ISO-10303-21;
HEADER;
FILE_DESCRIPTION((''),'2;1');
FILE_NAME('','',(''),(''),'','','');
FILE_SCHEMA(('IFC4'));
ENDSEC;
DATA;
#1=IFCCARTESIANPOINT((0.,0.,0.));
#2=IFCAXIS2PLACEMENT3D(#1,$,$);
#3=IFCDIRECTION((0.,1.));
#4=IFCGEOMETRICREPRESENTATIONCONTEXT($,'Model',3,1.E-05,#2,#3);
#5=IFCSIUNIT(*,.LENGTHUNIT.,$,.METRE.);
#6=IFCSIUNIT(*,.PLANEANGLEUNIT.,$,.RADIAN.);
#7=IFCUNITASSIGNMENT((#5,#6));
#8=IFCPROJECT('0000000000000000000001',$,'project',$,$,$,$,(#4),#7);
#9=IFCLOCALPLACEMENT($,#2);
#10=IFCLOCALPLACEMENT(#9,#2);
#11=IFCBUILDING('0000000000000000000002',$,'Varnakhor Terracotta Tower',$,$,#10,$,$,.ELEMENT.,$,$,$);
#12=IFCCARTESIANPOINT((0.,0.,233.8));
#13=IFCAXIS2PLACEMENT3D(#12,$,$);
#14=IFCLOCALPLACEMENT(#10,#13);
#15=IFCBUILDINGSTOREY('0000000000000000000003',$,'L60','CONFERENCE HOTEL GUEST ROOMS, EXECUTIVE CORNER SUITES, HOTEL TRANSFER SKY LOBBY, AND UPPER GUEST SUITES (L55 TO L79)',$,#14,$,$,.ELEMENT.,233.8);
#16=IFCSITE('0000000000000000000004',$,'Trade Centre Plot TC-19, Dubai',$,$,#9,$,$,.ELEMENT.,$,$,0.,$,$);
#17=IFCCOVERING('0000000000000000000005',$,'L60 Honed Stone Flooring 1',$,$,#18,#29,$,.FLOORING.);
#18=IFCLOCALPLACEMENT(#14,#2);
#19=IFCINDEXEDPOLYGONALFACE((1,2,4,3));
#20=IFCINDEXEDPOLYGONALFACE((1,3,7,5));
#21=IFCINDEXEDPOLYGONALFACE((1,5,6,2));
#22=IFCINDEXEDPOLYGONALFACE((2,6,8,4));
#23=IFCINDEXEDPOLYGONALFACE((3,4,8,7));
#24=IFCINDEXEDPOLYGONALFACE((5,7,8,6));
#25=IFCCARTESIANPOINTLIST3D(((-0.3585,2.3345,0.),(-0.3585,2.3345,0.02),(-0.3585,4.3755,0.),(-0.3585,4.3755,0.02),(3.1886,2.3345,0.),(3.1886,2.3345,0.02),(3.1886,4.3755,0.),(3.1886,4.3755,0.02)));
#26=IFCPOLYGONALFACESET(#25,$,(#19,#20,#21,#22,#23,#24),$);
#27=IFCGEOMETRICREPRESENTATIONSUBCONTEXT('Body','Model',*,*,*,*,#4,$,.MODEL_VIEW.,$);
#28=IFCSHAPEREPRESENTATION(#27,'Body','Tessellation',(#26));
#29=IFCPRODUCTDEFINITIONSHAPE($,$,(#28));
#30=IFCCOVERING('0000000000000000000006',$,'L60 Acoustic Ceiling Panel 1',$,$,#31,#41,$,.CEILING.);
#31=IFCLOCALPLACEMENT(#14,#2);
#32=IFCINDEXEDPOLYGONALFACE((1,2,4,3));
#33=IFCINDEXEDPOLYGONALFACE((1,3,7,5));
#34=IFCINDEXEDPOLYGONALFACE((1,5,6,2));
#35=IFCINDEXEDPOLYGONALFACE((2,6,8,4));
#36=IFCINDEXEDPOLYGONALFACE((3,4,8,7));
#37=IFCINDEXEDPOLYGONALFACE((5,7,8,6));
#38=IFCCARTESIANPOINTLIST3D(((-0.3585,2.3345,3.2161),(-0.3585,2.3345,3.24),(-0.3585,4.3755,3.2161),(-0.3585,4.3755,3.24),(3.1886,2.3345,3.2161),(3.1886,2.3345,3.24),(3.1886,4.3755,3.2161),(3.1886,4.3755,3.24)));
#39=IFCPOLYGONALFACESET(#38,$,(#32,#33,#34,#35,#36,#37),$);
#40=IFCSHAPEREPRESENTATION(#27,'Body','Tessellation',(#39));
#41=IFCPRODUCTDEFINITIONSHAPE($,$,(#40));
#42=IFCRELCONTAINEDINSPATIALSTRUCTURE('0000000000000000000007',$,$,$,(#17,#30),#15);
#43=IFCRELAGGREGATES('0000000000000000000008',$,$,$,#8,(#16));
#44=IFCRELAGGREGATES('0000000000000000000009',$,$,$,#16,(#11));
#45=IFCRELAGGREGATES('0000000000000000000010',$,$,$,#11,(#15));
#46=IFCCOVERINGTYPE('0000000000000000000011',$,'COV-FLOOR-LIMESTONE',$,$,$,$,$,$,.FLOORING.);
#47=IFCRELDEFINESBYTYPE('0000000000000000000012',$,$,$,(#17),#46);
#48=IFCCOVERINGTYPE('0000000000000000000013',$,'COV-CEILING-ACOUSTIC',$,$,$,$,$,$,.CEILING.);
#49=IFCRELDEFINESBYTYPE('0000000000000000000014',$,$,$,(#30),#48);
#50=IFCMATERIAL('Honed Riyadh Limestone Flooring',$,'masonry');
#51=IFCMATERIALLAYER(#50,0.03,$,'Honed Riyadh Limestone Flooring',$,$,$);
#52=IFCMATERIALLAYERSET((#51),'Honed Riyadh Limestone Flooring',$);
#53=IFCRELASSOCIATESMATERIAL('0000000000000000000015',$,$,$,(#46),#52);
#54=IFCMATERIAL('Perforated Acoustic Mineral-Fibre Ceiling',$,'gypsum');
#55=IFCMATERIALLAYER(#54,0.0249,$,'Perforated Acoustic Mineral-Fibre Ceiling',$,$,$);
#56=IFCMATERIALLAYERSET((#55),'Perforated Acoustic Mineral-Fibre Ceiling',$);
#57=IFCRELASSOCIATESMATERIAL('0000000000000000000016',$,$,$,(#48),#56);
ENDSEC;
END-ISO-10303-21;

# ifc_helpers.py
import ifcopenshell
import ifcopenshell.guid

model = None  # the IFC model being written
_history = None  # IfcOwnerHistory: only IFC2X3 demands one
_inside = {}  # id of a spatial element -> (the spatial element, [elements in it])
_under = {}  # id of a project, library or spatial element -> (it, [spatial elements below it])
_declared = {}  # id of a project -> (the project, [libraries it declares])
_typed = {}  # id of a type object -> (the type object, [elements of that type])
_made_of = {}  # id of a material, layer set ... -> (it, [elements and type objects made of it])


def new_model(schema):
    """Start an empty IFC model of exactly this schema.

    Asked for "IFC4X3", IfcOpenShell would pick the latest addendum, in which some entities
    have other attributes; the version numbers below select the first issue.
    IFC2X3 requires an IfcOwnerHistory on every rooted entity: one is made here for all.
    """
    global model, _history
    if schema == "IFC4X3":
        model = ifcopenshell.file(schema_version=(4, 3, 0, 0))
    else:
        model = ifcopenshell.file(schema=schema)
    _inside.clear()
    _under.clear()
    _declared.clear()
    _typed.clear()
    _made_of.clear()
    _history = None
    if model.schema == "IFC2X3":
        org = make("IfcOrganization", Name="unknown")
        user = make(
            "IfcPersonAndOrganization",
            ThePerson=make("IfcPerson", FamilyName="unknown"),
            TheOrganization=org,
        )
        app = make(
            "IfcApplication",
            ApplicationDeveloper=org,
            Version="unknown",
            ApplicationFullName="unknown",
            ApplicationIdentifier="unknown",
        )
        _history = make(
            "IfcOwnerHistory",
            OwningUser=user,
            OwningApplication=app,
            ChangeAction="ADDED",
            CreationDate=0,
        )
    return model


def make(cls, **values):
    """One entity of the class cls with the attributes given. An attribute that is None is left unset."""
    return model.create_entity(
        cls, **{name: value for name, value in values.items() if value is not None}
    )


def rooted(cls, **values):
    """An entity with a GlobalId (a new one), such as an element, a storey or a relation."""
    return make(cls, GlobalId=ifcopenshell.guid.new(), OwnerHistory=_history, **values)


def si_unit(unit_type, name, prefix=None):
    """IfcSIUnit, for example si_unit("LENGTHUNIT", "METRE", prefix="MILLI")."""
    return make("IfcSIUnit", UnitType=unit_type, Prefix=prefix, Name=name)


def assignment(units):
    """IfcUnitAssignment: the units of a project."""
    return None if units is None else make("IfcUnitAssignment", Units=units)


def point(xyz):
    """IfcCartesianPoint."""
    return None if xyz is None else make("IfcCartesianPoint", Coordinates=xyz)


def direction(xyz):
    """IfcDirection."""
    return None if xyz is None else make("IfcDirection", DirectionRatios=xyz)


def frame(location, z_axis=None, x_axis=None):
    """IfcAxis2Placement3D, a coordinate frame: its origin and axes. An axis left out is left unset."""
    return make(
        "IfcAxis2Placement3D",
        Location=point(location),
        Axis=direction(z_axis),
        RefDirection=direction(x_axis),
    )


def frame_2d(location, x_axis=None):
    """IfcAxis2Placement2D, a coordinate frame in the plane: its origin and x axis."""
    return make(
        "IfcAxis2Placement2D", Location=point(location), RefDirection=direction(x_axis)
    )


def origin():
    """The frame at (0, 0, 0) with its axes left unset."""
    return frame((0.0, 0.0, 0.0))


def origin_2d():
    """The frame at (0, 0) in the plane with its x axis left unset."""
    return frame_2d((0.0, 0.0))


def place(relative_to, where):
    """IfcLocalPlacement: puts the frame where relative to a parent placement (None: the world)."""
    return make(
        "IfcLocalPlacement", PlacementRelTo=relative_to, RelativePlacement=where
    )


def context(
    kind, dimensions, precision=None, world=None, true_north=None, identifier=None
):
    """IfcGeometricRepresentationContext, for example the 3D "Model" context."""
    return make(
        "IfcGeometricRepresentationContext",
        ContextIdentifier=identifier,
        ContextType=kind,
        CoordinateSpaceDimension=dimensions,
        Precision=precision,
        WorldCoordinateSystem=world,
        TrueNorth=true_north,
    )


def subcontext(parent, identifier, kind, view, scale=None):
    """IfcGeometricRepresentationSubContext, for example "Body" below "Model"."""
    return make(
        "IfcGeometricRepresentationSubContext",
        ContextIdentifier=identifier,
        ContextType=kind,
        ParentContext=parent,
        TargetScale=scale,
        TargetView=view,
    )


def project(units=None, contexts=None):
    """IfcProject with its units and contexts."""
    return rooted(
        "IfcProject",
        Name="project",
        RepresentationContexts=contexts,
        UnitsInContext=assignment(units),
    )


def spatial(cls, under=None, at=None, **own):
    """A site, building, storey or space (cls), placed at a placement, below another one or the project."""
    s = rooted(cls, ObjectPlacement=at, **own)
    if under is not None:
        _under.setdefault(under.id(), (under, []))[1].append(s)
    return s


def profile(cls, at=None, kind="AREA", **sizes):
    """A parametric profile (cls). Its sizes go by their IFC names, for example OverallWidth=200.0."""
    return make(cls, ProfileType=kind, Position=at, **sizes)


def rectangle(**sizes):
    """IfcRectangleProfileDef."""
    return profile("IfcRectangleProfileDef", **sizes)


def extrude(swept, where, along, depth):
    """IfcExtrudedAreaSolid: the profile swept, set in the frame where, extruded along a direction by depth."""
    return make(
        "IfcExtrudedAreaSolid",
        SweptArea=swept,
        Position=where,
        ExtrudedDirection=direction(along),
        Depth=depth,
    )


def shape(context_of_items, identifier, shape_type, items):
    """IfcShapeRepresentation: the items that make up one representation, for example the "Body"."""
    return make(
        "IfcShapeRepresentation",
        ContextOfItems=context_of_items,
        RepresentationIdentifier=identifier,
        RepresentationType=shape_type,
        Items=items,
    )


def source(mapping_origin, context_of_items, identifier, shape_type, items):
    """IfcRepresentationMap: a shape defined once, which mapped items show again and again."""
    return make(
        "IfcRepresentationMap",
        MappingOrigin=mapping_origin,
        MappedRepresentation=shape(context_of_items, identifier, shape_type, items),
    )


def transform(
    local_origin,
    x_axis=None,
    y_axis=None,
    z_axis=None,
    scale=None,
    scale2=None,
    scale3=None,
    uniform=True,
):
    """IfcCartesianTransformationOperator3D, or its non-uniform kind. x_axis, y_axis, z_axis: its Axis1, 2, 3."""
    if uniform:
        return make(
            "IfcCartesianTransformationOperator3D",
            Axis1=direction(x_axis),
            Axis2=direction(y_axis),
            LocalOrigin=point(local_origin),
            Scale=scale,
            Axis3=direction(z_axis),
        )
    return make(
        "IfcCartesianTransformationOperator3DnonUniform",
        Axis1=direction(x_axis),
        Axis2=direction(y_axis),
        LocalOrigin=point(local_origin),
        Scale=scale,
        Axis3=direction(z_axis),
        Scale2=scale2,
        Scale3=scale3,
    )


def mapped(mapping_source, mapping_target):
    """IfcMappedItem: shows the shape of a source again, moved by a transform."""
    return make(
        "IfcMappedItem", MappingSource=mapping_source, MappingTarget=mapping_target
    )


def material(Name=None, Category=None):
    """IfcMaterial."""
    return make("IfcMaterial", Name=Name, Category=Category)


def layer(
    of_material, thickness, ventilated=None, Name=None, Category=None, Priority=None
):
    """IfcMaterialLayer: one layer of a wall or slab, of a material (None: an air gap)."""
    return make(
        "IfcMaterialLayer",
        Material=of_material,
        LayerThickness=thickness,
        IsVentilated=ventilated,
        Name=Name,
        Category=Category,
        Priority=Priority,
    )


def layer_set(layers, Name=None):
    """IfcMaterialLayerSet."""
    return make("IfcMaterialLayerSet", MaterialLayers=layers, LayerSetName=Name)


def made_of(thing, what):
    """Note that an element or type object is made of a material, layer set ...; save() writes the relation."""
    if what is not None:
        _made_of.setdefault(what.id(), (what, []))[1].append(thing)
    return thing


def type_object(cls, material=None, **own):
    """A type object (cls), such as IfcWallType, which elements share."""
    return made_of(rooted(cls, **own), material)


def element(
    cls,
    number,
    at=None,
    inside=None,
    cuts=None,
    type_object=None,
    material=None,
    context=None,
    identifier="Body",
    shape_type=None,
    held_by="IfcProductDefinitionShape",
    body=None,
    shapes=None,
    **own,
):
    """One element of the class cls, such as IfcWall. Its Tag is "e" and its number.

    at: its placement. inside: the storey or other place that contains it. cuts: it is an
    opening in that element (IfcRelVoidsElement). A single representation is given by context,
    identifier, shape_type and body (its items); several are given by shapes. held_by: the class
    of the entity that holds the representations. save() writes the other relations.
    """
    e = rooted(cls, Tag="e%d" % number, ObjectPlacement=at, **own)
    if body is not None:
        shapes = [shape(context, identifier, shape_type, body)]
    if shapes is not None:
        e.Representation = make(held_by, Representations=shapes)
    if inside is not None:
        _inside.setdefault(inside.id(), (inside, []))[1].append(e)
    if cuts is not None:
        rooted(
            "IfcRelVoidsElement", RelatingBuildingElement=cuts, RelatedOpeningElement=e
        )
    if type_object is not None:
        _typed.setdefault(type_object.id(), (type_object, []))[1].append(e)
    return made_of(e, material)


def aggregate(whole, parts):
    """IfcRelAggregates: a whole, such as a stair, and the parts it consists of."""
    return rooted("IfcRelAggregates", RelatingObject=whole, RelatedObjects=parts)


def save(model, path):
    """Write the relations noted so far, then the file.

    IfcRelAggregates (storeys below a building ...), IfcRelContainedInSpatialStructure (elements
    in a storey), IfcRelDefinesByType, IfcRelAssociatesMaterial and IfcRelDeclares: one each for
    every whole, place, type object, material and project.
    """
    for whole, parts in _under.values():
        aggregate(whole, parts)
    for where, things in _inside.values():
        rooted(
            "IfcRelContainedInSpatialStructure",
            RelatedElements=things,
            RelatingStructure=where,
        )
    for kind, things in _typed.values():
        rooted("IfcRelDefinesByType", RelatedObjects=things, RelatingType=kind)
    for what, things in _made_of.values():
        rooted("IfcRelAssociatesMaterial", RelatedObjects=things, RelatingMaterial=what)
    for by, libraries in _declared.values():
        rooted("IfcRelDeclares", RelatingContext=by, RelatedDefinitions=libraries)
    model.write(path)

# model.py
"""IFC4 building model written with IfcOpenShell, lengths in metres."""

from ifc_helpers import new_model, si_unit, direction, frame, origin, origin_2d, place, context, subcontext, project, spatial, rectangle, extrude, source, transform, mapped, material, layer, layer_set, type_object, element, save


model = new_model("IFC4")

# Units and contexts
model_context = context("Model", 3, precision=1e-05, world=origin(), true_north=direction((0.0, 1.0)))
body_context = subcontext(model_context, "Body", "Model", "MODEL_VIEW")
ifc_project = project(units=[si_unit("LENGTHUNIT", "METRE"), si_unit("PLANEANGLEUNIT", "RADIAN")], contexts=[model_context])

# Site, building, storey
site_placement = place(None, origin())
site = spatial("IfcSite", under=ifc_project, at=site_placement, Name="Trade Centre Plot TC-19, Dubai", CompositionType="ELEMENT", RefElevation=0.0)
building_placement = place(site_placement, origin())
building = spatial("IfcBuilding", under=site, at=building_placement, Name="Varnakhor Terracotta Tower", CompositionType="ELEMENT")
storey_placement = place(building_placement, frame((0.0, 0.0, 233.8)))
storey = spatial("IfcBuildingStorey", under=building, at=storey_placement, Name="L60", Description="CONFERENCE HOTEL GUEST ROOMS, EXECUTIVE CORNER SUITES, HOTEL TRANSFER SKY LOBBY, AND UPPER GUEST SUITES (L55 TO L79)", CompositionType="ELEMENT", Elevation=233.8)

# Coverings
ifc_material_1 = material(Name="Honed Riyadh Limestone Flooring", Category="masonry")
ifc_layer_1 = layer(ifc_material_1, 0.03, Name="Honed Riyadh Limestone Flooring")
ifc_layer_set_1 = layer_set([ifc_layer_1], Name="Honed Riyadh Limestone Flooring")
covering_type_1 = type_object("IfcCoveringType", Name="COV-FLOOR-LIMESTONE", PredefinedType="FLOORING", material=ifc_layer_set_1)
shared_shape_1 = source(origin(), body_context, "Body", "SweptSolid", [
    extrude(rectangle(XDim=3.5471, YDim=2.041, at=origin_2d()), origin(), (0.0, 0.0, 1.0), 0.02),
])
covering_1_placement = place(storey_placement, frame((1.415, 3.355, 0.0), z_axis=(0.0, 0.0, 1.0), x_axis=(1.0, 0.0, 0.0)))
element("IfcCovering", 1, at=covering_1_placement, inside=storey, type_object=covering_type_1, Name="L60 Honed Stone Flooring 1", PredefinedType="FLOORING", context=body_context, shape_type="MappedRepresentation", body=[
    mapped(shared_shape_1, transform((0.0, 0.0, 0.0), scale=1.0)),
])
ifc_material_2 = material(Name="Perforated Acoustic Mineral-Fibre Ceiling", Category="gypsum")
ifc_layer_2 = layer(ifc_material_2, 0.0249, Name="Perforated Acoustic Mineral-Fibre Ceiling")
ifc_layer_set_2 = layer_set([ifc_layer_2], Name="Perforated Acoustic Mineral-Fibre Ceiling")
covering_type_2 = type_object("IfcCoveringType", Name="COV-CEILING-ACOUSTIC", PredefinedType="CEILING", material=ifc_layer_set_2)
shared_shape_2 = source(origin(), body_context, "Body", "SweptSolid", [
    extrude(rectangle(XDim=3.5471, YDim=2.041, at=origin_2d()), origin(), (0.0, 0.0, 1.0), 0.0239),
])
covering_2_placement = place(storey_placement, frame((1.415, 3.355, 3.2161), z_axis=(0.0, 0.0, 1.0), x_axis=(1.0, 0.0, 0.0)))
element("IfcCovering", 2, at=covering_2_placement, inside=storey, type_object=covering_type_2, Name="L60 Acoustic Ceiling Panel 1", PredefinedType="CEILING", context=body_context, shape_type="MappedRepresentation", body=[
    mapped(shared_shape_2, transform((0.0, 0.0, 0.0), scale=1.0)),
])

save(model, "model.ifc")
